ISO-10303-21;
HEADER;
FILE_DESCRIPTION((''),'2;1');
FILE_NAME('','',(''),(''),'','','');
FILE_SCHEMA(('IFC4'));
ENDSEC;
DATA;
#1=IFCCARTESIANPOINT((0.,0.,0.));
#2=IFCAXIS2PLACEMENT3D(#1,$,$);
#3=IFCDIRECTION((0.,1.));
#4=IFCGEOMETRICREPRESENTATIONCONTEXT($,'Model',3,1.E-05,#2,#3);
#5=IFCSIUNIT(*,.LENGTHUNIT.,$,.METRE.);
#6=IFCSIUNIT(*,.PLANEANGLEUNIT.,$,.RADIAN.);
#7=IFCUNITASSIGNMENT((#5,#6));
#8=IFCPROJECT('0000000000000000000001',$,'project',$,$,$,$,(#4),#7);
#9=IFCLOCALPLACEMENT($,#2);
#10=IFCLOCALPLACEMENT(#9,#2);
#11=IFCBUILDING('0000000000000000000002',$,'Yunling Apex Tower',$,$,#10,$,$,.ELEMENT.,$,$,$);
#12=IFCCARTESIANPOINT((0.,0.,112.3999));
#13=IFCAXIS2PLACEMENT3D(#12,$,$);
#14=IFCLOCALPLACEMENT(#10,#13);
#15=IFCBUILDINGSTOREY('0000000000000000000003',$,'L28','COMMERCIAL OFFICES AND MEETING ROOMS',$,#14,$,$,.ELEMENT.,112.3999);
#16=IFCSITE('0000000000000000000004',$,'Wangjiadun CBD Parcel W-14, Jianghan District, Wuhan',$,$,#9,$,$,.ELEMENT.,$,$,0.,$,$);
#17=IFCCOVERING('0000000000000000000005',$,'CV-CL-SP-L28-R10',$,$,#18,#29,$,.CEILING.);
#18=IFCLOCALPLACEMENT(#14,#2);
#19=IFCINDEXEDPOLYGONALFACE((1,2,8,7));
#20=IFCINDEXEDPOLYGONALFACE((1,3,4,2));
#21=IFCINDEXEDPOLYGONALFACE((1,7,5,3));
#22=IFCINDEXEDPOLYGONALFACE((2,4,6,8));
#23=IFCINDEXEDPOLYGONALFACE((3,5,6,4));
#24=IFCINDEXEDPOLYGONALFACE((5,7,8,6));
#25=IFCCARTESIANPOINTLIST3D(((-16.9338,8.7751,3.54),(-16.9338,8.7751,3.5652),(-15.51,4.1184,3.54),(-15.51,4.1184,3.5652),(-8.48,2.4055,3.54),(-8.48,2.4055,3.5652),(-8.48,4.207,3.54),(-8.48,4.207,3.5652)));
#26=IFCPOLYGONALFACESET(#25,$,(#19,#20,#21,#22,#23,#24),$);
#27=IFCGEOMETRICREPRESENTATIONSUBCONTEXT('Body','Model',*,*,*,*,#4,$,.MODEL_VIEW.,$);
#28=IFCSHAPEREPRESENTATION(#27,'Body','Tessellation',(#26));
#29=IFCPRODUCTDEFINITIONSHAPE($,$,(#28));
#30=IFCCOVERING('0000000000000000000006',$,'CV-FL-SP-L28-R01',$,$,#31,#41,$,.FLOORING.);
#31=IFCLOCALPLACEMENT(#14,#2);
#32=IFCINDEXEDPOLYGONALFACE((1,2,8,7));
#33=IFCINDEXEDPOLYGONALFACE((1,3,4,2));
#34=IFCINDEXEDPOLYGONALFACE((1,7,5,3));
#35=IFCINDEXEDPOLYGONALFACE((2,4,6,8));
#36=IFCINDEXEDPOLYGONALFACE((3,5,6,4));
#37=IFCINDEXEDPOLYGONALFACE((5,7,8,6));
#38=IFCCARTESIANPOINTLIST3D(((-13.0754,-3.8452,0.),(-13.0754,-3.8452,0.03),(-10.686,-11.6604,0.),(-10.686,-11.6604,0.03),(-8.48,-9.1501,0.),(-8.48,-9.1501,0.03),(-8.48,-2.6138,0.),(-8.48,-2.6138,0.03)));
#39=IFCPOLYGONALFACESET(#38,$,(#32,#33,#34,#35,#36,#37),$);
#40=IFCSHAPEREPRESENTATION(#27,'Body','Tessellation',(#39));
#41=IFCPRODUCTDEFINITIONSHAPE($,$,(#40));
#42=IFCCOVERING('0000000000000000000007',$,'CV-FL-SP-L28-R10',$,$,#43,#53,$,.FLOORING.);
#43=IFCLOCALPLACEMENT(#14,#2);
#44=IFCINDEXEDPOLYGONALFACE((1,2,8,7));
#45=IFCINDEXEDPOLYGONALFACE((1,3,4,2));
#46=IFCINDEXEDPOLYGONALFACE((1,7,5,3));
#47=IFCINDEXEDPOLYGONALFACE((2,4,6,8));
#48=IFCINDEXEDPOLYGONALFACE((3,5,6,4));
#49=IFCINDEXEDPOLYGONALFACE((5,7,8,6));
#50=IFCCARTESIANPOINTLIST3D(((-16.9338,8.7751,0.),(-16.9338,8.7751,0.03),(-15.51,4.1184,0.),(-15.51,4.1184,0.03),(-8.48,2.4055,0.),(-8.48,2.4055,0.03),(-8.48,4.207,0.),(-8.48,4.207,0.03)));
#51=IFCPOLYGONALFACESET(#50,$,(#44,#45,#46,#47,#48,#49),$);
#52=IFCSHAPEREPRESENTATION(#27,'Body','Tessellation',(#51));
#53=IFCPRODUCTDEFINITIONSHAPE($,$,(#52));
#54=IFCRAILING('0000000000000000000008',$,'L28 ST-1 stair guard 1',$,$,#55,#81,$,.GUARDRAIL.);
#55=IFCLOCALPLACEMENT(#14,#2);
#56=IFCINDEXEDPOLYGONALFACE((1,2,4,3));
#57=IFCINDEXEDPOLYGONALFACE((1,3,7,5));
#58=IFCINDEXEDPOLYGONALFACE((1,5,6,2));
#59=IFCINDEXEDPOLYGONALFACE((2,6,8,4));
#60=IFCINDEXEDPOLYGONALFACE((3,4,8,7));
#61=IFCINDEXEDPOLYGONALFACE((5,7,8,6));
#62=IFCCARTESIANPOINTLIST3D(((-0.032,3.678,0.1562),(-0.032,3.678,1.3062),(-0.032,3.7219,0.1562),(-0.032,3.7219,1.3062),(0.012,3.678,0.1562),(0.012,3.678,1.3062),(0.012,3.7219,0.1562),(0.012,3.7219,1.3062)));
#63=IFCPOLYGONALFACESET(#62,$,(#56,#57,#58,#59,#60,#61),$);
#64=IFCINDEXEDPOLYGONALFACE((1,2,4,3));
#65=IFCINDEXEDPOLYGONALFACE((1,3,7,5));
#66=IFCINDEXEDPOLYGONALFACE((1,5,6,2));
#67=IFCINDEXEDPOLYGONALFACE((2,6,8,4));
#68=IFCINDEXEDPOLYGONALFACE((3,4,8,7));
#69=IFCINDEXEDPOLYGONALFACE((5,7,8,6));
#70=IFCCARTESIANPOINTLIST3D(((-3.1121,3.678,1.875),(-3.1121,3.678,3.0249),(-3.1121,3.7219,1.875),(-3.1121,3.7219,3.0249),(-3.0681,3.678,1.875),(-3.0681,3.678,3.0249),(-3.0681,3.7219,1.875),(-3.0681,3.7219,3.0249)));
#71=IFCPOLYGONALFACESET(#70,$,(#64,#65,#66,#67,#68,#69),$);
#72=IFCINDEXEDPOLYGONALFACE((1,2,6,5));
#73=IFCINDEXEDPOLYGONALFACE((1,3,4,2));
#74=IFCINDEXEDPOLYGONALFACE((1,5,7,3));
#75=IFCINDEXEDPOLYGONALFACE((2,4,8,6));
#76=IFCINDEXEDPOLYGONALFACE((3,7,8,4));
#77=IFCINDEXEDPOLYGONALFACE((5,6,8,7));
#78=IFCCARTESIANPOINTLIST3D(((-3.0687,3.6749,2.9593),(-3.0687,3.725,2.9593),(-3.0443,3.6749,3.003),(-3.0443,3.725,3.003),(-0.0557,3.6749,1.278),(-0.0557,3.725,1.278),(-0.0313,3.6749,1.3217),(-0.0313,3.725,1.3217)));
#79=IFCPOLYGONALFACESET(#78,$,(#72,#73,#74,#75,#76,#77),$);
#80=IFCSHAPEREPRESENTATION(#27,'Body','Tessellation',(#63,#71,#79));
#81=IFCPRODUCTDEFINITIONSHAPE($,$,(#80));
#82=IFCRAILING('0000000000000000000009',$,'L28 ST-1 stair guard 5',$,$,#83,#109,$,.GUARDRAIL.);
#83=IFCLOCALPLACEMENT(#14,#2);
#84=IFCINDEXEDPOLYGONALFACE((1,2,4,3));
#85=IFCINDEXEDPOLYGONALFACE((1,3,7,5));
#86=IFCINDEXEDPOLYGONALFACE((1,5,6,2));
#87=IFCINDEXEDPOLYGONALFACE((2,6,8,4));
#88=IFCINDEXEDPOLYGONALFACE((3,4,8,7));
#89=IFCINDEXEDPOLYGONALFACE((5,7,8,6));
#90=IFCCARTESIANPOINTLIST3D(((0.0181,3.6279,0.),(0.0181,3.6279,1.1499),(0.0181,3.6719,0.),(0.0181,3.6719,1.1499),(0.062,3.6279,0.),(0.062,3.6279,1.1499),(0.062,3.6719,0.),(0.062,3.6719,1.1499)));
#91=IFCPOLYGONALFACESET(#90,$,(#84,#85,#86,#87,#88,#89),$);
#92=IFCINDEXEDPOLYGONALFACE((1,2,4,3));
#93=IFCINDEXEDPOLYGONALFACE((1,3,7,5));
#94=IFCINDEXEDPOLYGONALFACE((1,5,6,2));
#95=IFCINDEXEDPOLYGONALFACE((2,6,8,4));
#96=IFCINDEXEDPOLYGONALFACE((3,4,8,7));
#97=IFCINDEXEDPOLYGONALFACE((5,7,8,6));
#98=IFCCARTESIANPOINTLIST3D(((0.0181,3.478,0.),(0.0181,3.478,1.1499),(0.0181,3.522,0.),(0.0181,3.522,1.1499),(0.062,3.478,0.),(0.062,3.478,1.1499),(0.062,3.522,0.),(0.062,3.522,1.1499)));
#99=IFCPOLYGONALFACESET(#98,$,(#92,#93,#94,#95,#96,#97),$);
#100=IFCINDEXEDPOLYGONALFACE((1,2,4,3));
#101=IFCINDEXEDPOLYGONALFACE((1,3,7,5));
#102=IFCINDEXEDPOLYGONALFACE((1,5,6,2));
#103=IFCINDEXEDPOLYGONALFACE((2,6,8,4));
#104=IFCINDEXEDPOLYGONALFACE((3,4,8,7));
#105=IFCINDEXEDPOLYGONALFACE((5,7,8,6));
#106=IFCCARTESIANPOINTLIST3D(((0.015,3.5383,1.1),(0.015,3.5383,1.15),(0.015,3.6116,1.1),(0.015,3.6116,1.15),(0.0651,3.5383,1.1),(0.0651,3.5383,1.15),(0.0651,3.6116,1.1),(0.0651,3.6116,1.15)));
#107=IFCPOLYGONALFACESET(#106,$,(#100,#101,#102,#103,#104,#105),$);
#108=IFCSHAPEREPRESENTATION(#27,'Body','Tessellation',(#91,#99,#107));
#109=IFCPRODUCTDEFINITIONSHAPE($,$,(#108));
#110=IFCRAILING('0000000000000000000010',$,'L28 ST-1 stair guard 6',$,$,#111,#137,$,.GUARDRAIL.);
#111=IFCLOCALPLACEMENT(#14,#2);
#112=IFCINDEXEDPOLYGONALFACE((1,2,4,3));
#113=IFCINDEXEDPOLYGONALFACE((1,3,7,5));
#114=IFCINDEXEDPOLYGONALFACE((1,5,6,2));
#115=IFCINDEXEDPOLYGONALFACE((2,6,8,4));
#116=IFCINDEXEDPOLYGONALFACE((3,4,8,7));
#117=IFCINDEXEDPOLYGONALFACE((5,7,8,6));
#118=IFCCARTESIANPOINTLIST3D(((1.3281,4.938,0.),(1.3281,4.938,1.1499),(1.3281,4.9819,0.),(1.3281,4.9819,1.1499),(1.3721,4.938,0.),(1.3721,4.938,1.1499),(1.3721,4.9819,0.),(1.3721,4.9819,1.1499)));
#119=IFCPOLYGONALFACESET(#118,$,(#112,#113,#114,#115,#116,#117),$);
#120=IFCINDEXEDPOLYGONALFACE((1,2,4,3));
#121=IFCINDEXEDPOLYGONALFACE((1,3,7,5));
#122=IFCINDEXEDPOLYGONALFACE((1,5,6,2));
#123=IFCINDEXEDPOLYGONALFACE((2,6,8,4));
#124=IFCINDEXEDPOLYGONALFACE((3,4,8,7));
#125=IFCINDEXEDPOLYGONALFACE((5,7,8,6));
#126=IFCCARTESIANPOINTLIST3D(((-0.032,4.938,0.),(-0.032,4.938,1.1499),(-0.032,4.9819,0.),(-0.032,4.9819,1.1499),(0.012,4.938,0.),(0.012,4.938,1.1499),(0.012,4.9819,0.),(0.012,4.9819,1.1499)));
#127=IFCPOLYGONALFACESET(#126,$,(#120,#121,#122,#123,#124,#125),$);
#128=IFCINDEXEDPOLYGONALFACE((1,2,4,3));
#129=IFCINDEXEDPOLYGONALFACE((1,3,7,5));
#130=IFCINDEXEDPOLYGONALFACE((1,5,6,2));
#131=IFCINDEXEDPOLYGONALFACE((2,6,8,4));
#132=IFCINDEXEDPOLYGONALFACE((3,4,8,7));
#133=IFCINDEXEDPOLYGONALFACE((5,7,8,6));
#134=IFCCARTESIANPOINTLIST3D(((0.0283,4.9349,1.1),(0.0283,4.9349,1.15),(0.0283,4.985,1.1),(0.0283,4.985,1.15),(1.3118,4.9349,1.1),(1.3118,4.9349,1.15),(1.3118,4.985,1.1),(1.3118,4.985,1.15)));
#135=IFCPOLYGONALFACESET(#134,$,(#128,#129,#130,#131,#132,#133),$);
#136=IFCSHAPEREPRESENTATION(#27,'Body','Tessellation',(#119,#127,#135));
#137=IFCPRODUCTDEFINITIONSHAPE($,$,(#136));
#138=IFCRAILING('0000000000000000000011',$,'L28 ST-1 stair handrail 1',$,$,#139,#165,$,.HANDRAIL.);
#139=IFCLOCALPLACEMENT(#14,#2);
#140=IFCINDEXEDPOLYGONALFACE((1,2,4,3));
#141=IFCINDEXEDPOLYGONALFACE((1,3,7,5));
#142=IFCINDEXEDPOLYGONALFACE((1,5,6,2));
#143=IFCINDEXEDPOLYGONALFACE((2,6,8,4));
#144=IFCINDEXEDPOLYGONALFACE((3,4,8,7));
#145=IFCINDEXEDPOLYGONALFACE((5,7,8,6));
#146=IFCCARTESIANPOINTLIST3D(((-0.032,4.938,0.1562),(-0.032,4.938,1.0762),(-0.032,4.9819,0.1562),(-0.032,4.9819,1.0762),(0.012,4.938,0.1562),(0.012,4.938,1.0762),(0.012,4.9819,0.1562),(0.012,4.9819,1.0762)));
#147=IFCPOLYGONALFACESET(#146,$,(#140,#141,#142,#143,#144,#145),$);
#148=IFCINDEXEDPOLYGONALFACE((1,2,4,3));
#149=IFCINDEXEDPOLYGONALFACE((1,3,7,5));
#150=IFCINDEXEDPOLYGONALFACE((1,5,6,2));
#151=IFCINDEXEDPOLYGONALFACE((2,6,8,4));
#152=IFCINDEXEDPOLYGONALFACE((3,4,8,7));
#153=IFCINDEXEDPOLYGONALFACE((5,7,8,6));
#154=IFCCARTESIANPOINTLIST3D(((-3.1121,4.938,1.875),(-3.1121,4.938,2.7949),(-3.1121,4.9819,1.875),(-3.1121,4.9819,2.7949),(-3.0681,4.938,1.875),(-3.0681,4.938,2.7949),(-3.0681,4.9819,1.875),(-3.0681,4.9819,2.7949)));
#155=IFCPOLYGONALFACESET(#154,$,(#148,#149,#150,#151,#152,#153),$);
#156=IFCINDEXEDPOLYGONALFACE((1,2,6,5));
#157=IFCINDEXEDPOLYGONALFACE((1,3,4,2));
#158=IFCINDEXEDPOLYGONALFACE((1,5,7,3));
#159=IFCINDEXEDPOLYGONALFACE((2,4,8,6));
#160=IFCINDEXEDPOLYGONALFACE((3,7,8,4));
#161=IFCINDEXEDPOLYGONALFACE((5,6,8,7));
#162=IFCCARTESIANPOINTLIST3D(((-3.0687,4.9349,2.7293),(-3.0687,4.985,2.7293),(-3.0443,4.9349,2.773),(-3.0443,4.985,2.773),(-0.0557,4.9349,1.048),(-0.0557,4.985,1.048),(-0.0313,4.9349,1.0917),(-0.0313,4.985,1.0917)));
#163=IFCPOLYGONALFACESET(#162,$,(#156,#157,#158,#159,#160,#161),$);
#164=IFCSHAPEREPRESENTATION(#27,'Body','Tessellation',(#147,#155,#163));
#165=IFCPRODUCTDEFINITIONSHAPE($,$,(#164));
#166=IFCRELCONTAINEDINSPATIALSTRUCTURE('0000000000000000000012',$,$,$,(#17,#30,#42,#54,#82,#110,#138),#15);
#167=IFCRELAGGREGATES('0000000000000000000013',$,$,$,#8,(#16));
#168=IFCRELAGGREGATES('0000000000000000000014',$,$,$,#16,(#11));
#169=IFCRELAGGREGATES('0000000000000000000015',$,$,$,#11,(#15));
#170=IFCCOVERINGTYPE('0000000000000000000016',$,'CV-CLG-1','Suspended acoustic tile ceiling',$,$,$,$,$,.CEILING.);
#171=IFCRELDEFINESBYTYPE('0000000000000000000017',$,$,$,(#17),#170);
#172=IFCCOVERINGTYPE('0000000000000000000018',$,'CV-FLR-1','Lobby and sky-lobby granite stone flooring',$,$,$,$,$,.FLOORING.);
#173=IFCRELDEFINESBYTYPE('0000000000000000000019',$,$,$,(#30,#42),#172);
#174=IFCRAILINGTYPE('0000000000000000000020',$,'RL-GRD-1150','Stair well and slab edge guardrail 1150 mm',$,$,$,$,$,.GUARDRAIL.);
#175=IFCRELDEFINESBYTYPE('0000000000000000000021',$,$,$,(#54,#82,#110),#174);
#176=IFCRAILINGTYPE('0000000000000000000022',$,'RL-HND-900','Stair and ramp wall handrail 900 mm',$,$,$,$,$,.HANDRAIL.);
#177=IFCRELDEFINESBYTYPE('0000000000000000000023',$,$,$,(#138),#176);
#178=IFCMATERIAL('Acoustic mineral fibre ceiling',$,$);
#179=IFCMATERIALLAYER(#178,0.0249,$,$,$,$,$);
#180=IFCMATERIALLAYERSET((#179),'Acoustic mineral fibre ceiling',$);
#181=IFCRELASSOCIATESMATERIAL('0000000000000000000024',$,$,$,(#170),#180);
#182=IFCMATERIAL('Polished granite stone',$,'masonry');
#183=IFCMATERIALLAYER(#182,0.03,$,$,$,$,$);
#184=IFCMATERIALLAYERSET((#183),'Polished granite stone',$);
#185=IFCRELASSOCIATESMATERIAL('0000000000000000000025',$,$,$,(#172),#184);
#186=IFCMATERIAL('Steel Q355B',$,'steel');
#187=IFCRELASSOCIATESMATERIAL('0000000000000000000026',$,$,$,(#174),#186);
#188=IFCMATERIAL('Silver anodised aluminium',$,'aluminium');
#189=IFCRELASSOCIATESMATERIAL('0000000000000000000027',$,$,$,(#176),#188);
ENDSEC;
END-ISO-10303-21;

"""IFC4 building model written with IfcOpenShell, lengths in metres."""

from ifc_helpers import new_model, si_unit, direction, frame, origin, origin_2d, place, context, subcontext, project, spatial, polyline, rectangle, outline, extrude, material, layer, layer_set, type_object, element, save


model = new_model("IFC4")

# Units and contexts
model_context = context("Model", 3, precision=1e-05, world=origin(), true_north=direction((0.0, 1.0)))
body_context = subcontext(model_context, "Body", "Model", "MODEL_VIEW")
ifc_project = project(units=[si_unit("LENGTHUNIT", "METRE"), si_unit("PLANEANGLEUNIT", "RADIAN")], contexts=[model_context])

# Site, building, storey
site_placement = place(None, origin())
site = spatial("IfcSite", under=ifc_project, at=site_placement, Name="Wangjiadun CBD Parcel W-14, Jianghan District, Wuhan", CompositionType="ELEMENT", RefElevation=0.0)
building_placement = place(site_placement, origin())
building = spatial("IfcBuilding", under=site, at=building_placement, Name="Yunling Apex Tower", CompositionType="ELEMENT")
storey_placement = place(building_placement, frame((0.0, 0.0, 112.3999)))
storey = spatial("IfcBuildingStorey", under=building, at=storey_placement, Name="L28", Description="COMMERCIAL OFFICES AND MEETING ROOMS", CompositionType="ELEMENT", Elevation=112.3999)

# Shared definitions
ifc_material_1 = material(Name="Steel Q355B", Category="steel")

# Coverings
ifc_material_2 = material(Name="Acoustic mineral fibre ceiling")
ifc_layer_1 = layer(ifc_material_2, 0.0249)
ifc_layer_set_1 = layer_set([ifc_layer_1], Name="Acoustic mineral fibre ceiling")
covering_type_1 = type_object("IfcCoveringType", Name="CV-CLG-1", Description="Suspended acoustic tile ceiling", PredefinedType="CEILING", material=ifc_layer_set_1)
covering_1_placement = place(storey_placement, frame((0.0, 0.0, 3.54)))
element("IfcCovering", 1, at=covering_1_placement, inside=storey, type_object=covering_type_1, Name="CV-CL-SP-L28-R10", PredefinedType="CEILING", context=body_context, shape_type="SweptSolid", body=[
    extrude(outline(polyline([(-15.51, 4.1184), (-16.9338, 8.7751), (-8.48, 4.207), (-8.48, 2.4055), (-15.51, 4.1184)])), origin(), (0.0, 0.0, 1.0), 0.0251),
])
ifc_material_3 = material(Name="Polished granite stone", Category="masonry")
ifc_layer_2 = layer(ifc_material_3, 0.03)
ifc_layer_set_2 = layer_set([ifc_layer_2], Name="Polished granite stone")
covering_type_2 = type_object("IfcCoveringType", Name="CV-FLR-1", Description="Lobby and sky-lobby granite stone flooring", PredefinedType="FLOORING", material=ifc_layer_set_2)
covering_2_placement = place(storey_placement, origin())
element("IfcCovering", 2, at=covering_2_placement, inside=storey, type_object=covering_type_2, Name="CV-FL-SP-L28-R01", PredefinedType="FLOORING", context=body_context, shape_type="SweptSolid", body=[
    extrude(outline(polyline([(-13.0754, -3.8452), (-8.48, -2.6138), (-8.48, -9.1501), (-10.686, -11.6604), (-13.0754, -3.8452)])), origin(), (0.0, 0.0, 1.0), 0.03),
])
covering_3_placement = place(storey_placement, origin())
element("IfcCovering", 3, at=covering_3_placement, inside=storey, type_object=covering_type_2, Name="CV-FL-SP-L28-R10", PredefinedType="FLOORING", context=body_context, shape_type="SweptSolid", body=[
    extrude(outline(polyline([(-15.51, 4.1184), (-16.9338, 8.7751), (-8.48, 4.207), (-8.48, 2.4055), (-15.51, 4.1184)])), origin(), (0.0, 0.0, 1.0), 0.03),
])

# Railings
railing_type_1 = type_object("IfcRailingType", Name="RL-GRD-1150", Description="Stair well and slab edge guardrail 1150 mm", PredefinedType="GUARDRAIL", material=ifc_material_1)
railing_1_placement = place(storey_placement, frame((-0.01, 3.7, 0.1562)))
element("IfcRailing", 4, at=railing_1_placement, inside=storey, type_object=railing_type_1, Name="L28 ST-1 stair guard 1", PredefinedType="GUARDRAIL", context=body_context, shape_type="SweptSolid", body=[
    extrude(rectangle(XDim=0.0439, YDim=0.0439, at=origin_2d()), origin(), (0.0, 0.0, 1.0), 1.1499),
    extrude(rectangle(XDim=0.0439, YDim=0.0439, at=origin_2d()), frame((-3.0801, 0.0, 1.7188)), (0.0, 0.0, 1.0), 1.1499),
    extrude(rectangle(XDim=0.05, YDim=0.05, at=origin_2d()), frame((-0.0334, 0.0, 1.1436), z_axis=(-0.873242, 0.0, 0.487288), x_axis=(0.0, -1.0, 0.0)), (0.0, 0.0, 1.0), 3.4504),
])
railing_2_placement = place(storey_placement, frame((0.04, 3.6499, 0.0)))
element("IfcRailing", 5, at=railing_2_placement, inside=storey, type_object=railing_type_1, Name="L28 ST-1 stair guard 5", PredefinedType="GUARDRAIL", context=body_context, shape_type="SweptSolid", body=[
    extrude(rectangle(XDim=0.0439, YDim=0.0439, at=origin_2d()), origin(), (0.0, 0.0, 1.0), 1.1499),
    extrude(rectangle(XDim=0.0439, YDim=0.0439, at=origin_2d()), frame((0.0, -0.1499, 0.0)), (0.0, 0.0, 1.0), 1.1499),
    extrude(rectangle(XDim=0.05, YDim=0.05, at=origin_2d()), frame((0.0, -0.0383, 1.125), z_axis=(0.0, -1.0, 0.0), x_axis=(1.0, 0.0, 0.0)), (0.0, 0.0, 1.0), 0.0732),
])
railing_3_placement = place(storey_placement, frame((1.3501, 4.96, 0.0)))
element("IfcRailing", 6, at=railing_3_placement, inside=storey, type_object=railing_type_1, Name="L28 ST-1 stair guard 6", PredefinedType="GUARDRAIL", context=body_context, shape_type="SweptSolid", body=[
    extrude(rectangle(XDim=0.0439, YDim=0.0439, at=origin_2d()), origin(), (0.0, 0.0, 1.0), 1.1499),
    extrude(rectangle(XDim=0.0439, YDim=0.0439, at=origin_2d()), frame((-1.3601, 0.0, 0.0)), (0.0, 0.0, 1.0), 1.1499),
    extrude(rectangle(XDim=0.05, YDim=0.05, at=origin_2d()), frame((-0.0383, 0.0, 1.125), z_axis=(-1.0, 0.0, 0.0), x_axis=(0.0, -1.0, 0.0)), (0.0, 0.0, 1.0), 1.2834),
])
ifc_material_4 = material(Name="Silver anodised aluminium", Category="aluminium")
railing_type_2 = type_object("IfcRailingType", Name="RL-HND-900", Description="Stair and ramp wall handrail 900 mm", PredefinedType="HANDRAIL", material=ifc_material_4)
railing_4_placement = place(storey_placement, frame((-0.01, 4.96, 0.1562)))
element("IfcRailing", 7, at=railing_4_placement, inside=storey, type_object=railing_type_2, Name="L28 ST-1 stair handrail 1", PredefinedType="HANDRAIL", context=body_context, shape_type="SweptSolid", body=[
    extrude(rectangle(XDim=0.0439, YDim=0.0439, at=origin_2d()), origin(), (0.0, 0.0, 1.0), 0.9199),
    extrude(rectangle(XDim=0.0439, YDim=0.0439, at=origin_2d()), frame((-3.0801, 0.0, 1.7188)), (0.0, 0.0, 1.0), 0.9199),
    extrude(rectangle(XDim=0.05, YDim=0.05, at=origin_2d()), frame((-0.0334, 0.0, 0.9136), z_axis=(-0.873242, 0.0, 0.487288), x_axis=(0.0, -1.0, 0.0)), (0.0, 0.0, 1.0), 3.4504),
])

save(model, "model.ifc")
